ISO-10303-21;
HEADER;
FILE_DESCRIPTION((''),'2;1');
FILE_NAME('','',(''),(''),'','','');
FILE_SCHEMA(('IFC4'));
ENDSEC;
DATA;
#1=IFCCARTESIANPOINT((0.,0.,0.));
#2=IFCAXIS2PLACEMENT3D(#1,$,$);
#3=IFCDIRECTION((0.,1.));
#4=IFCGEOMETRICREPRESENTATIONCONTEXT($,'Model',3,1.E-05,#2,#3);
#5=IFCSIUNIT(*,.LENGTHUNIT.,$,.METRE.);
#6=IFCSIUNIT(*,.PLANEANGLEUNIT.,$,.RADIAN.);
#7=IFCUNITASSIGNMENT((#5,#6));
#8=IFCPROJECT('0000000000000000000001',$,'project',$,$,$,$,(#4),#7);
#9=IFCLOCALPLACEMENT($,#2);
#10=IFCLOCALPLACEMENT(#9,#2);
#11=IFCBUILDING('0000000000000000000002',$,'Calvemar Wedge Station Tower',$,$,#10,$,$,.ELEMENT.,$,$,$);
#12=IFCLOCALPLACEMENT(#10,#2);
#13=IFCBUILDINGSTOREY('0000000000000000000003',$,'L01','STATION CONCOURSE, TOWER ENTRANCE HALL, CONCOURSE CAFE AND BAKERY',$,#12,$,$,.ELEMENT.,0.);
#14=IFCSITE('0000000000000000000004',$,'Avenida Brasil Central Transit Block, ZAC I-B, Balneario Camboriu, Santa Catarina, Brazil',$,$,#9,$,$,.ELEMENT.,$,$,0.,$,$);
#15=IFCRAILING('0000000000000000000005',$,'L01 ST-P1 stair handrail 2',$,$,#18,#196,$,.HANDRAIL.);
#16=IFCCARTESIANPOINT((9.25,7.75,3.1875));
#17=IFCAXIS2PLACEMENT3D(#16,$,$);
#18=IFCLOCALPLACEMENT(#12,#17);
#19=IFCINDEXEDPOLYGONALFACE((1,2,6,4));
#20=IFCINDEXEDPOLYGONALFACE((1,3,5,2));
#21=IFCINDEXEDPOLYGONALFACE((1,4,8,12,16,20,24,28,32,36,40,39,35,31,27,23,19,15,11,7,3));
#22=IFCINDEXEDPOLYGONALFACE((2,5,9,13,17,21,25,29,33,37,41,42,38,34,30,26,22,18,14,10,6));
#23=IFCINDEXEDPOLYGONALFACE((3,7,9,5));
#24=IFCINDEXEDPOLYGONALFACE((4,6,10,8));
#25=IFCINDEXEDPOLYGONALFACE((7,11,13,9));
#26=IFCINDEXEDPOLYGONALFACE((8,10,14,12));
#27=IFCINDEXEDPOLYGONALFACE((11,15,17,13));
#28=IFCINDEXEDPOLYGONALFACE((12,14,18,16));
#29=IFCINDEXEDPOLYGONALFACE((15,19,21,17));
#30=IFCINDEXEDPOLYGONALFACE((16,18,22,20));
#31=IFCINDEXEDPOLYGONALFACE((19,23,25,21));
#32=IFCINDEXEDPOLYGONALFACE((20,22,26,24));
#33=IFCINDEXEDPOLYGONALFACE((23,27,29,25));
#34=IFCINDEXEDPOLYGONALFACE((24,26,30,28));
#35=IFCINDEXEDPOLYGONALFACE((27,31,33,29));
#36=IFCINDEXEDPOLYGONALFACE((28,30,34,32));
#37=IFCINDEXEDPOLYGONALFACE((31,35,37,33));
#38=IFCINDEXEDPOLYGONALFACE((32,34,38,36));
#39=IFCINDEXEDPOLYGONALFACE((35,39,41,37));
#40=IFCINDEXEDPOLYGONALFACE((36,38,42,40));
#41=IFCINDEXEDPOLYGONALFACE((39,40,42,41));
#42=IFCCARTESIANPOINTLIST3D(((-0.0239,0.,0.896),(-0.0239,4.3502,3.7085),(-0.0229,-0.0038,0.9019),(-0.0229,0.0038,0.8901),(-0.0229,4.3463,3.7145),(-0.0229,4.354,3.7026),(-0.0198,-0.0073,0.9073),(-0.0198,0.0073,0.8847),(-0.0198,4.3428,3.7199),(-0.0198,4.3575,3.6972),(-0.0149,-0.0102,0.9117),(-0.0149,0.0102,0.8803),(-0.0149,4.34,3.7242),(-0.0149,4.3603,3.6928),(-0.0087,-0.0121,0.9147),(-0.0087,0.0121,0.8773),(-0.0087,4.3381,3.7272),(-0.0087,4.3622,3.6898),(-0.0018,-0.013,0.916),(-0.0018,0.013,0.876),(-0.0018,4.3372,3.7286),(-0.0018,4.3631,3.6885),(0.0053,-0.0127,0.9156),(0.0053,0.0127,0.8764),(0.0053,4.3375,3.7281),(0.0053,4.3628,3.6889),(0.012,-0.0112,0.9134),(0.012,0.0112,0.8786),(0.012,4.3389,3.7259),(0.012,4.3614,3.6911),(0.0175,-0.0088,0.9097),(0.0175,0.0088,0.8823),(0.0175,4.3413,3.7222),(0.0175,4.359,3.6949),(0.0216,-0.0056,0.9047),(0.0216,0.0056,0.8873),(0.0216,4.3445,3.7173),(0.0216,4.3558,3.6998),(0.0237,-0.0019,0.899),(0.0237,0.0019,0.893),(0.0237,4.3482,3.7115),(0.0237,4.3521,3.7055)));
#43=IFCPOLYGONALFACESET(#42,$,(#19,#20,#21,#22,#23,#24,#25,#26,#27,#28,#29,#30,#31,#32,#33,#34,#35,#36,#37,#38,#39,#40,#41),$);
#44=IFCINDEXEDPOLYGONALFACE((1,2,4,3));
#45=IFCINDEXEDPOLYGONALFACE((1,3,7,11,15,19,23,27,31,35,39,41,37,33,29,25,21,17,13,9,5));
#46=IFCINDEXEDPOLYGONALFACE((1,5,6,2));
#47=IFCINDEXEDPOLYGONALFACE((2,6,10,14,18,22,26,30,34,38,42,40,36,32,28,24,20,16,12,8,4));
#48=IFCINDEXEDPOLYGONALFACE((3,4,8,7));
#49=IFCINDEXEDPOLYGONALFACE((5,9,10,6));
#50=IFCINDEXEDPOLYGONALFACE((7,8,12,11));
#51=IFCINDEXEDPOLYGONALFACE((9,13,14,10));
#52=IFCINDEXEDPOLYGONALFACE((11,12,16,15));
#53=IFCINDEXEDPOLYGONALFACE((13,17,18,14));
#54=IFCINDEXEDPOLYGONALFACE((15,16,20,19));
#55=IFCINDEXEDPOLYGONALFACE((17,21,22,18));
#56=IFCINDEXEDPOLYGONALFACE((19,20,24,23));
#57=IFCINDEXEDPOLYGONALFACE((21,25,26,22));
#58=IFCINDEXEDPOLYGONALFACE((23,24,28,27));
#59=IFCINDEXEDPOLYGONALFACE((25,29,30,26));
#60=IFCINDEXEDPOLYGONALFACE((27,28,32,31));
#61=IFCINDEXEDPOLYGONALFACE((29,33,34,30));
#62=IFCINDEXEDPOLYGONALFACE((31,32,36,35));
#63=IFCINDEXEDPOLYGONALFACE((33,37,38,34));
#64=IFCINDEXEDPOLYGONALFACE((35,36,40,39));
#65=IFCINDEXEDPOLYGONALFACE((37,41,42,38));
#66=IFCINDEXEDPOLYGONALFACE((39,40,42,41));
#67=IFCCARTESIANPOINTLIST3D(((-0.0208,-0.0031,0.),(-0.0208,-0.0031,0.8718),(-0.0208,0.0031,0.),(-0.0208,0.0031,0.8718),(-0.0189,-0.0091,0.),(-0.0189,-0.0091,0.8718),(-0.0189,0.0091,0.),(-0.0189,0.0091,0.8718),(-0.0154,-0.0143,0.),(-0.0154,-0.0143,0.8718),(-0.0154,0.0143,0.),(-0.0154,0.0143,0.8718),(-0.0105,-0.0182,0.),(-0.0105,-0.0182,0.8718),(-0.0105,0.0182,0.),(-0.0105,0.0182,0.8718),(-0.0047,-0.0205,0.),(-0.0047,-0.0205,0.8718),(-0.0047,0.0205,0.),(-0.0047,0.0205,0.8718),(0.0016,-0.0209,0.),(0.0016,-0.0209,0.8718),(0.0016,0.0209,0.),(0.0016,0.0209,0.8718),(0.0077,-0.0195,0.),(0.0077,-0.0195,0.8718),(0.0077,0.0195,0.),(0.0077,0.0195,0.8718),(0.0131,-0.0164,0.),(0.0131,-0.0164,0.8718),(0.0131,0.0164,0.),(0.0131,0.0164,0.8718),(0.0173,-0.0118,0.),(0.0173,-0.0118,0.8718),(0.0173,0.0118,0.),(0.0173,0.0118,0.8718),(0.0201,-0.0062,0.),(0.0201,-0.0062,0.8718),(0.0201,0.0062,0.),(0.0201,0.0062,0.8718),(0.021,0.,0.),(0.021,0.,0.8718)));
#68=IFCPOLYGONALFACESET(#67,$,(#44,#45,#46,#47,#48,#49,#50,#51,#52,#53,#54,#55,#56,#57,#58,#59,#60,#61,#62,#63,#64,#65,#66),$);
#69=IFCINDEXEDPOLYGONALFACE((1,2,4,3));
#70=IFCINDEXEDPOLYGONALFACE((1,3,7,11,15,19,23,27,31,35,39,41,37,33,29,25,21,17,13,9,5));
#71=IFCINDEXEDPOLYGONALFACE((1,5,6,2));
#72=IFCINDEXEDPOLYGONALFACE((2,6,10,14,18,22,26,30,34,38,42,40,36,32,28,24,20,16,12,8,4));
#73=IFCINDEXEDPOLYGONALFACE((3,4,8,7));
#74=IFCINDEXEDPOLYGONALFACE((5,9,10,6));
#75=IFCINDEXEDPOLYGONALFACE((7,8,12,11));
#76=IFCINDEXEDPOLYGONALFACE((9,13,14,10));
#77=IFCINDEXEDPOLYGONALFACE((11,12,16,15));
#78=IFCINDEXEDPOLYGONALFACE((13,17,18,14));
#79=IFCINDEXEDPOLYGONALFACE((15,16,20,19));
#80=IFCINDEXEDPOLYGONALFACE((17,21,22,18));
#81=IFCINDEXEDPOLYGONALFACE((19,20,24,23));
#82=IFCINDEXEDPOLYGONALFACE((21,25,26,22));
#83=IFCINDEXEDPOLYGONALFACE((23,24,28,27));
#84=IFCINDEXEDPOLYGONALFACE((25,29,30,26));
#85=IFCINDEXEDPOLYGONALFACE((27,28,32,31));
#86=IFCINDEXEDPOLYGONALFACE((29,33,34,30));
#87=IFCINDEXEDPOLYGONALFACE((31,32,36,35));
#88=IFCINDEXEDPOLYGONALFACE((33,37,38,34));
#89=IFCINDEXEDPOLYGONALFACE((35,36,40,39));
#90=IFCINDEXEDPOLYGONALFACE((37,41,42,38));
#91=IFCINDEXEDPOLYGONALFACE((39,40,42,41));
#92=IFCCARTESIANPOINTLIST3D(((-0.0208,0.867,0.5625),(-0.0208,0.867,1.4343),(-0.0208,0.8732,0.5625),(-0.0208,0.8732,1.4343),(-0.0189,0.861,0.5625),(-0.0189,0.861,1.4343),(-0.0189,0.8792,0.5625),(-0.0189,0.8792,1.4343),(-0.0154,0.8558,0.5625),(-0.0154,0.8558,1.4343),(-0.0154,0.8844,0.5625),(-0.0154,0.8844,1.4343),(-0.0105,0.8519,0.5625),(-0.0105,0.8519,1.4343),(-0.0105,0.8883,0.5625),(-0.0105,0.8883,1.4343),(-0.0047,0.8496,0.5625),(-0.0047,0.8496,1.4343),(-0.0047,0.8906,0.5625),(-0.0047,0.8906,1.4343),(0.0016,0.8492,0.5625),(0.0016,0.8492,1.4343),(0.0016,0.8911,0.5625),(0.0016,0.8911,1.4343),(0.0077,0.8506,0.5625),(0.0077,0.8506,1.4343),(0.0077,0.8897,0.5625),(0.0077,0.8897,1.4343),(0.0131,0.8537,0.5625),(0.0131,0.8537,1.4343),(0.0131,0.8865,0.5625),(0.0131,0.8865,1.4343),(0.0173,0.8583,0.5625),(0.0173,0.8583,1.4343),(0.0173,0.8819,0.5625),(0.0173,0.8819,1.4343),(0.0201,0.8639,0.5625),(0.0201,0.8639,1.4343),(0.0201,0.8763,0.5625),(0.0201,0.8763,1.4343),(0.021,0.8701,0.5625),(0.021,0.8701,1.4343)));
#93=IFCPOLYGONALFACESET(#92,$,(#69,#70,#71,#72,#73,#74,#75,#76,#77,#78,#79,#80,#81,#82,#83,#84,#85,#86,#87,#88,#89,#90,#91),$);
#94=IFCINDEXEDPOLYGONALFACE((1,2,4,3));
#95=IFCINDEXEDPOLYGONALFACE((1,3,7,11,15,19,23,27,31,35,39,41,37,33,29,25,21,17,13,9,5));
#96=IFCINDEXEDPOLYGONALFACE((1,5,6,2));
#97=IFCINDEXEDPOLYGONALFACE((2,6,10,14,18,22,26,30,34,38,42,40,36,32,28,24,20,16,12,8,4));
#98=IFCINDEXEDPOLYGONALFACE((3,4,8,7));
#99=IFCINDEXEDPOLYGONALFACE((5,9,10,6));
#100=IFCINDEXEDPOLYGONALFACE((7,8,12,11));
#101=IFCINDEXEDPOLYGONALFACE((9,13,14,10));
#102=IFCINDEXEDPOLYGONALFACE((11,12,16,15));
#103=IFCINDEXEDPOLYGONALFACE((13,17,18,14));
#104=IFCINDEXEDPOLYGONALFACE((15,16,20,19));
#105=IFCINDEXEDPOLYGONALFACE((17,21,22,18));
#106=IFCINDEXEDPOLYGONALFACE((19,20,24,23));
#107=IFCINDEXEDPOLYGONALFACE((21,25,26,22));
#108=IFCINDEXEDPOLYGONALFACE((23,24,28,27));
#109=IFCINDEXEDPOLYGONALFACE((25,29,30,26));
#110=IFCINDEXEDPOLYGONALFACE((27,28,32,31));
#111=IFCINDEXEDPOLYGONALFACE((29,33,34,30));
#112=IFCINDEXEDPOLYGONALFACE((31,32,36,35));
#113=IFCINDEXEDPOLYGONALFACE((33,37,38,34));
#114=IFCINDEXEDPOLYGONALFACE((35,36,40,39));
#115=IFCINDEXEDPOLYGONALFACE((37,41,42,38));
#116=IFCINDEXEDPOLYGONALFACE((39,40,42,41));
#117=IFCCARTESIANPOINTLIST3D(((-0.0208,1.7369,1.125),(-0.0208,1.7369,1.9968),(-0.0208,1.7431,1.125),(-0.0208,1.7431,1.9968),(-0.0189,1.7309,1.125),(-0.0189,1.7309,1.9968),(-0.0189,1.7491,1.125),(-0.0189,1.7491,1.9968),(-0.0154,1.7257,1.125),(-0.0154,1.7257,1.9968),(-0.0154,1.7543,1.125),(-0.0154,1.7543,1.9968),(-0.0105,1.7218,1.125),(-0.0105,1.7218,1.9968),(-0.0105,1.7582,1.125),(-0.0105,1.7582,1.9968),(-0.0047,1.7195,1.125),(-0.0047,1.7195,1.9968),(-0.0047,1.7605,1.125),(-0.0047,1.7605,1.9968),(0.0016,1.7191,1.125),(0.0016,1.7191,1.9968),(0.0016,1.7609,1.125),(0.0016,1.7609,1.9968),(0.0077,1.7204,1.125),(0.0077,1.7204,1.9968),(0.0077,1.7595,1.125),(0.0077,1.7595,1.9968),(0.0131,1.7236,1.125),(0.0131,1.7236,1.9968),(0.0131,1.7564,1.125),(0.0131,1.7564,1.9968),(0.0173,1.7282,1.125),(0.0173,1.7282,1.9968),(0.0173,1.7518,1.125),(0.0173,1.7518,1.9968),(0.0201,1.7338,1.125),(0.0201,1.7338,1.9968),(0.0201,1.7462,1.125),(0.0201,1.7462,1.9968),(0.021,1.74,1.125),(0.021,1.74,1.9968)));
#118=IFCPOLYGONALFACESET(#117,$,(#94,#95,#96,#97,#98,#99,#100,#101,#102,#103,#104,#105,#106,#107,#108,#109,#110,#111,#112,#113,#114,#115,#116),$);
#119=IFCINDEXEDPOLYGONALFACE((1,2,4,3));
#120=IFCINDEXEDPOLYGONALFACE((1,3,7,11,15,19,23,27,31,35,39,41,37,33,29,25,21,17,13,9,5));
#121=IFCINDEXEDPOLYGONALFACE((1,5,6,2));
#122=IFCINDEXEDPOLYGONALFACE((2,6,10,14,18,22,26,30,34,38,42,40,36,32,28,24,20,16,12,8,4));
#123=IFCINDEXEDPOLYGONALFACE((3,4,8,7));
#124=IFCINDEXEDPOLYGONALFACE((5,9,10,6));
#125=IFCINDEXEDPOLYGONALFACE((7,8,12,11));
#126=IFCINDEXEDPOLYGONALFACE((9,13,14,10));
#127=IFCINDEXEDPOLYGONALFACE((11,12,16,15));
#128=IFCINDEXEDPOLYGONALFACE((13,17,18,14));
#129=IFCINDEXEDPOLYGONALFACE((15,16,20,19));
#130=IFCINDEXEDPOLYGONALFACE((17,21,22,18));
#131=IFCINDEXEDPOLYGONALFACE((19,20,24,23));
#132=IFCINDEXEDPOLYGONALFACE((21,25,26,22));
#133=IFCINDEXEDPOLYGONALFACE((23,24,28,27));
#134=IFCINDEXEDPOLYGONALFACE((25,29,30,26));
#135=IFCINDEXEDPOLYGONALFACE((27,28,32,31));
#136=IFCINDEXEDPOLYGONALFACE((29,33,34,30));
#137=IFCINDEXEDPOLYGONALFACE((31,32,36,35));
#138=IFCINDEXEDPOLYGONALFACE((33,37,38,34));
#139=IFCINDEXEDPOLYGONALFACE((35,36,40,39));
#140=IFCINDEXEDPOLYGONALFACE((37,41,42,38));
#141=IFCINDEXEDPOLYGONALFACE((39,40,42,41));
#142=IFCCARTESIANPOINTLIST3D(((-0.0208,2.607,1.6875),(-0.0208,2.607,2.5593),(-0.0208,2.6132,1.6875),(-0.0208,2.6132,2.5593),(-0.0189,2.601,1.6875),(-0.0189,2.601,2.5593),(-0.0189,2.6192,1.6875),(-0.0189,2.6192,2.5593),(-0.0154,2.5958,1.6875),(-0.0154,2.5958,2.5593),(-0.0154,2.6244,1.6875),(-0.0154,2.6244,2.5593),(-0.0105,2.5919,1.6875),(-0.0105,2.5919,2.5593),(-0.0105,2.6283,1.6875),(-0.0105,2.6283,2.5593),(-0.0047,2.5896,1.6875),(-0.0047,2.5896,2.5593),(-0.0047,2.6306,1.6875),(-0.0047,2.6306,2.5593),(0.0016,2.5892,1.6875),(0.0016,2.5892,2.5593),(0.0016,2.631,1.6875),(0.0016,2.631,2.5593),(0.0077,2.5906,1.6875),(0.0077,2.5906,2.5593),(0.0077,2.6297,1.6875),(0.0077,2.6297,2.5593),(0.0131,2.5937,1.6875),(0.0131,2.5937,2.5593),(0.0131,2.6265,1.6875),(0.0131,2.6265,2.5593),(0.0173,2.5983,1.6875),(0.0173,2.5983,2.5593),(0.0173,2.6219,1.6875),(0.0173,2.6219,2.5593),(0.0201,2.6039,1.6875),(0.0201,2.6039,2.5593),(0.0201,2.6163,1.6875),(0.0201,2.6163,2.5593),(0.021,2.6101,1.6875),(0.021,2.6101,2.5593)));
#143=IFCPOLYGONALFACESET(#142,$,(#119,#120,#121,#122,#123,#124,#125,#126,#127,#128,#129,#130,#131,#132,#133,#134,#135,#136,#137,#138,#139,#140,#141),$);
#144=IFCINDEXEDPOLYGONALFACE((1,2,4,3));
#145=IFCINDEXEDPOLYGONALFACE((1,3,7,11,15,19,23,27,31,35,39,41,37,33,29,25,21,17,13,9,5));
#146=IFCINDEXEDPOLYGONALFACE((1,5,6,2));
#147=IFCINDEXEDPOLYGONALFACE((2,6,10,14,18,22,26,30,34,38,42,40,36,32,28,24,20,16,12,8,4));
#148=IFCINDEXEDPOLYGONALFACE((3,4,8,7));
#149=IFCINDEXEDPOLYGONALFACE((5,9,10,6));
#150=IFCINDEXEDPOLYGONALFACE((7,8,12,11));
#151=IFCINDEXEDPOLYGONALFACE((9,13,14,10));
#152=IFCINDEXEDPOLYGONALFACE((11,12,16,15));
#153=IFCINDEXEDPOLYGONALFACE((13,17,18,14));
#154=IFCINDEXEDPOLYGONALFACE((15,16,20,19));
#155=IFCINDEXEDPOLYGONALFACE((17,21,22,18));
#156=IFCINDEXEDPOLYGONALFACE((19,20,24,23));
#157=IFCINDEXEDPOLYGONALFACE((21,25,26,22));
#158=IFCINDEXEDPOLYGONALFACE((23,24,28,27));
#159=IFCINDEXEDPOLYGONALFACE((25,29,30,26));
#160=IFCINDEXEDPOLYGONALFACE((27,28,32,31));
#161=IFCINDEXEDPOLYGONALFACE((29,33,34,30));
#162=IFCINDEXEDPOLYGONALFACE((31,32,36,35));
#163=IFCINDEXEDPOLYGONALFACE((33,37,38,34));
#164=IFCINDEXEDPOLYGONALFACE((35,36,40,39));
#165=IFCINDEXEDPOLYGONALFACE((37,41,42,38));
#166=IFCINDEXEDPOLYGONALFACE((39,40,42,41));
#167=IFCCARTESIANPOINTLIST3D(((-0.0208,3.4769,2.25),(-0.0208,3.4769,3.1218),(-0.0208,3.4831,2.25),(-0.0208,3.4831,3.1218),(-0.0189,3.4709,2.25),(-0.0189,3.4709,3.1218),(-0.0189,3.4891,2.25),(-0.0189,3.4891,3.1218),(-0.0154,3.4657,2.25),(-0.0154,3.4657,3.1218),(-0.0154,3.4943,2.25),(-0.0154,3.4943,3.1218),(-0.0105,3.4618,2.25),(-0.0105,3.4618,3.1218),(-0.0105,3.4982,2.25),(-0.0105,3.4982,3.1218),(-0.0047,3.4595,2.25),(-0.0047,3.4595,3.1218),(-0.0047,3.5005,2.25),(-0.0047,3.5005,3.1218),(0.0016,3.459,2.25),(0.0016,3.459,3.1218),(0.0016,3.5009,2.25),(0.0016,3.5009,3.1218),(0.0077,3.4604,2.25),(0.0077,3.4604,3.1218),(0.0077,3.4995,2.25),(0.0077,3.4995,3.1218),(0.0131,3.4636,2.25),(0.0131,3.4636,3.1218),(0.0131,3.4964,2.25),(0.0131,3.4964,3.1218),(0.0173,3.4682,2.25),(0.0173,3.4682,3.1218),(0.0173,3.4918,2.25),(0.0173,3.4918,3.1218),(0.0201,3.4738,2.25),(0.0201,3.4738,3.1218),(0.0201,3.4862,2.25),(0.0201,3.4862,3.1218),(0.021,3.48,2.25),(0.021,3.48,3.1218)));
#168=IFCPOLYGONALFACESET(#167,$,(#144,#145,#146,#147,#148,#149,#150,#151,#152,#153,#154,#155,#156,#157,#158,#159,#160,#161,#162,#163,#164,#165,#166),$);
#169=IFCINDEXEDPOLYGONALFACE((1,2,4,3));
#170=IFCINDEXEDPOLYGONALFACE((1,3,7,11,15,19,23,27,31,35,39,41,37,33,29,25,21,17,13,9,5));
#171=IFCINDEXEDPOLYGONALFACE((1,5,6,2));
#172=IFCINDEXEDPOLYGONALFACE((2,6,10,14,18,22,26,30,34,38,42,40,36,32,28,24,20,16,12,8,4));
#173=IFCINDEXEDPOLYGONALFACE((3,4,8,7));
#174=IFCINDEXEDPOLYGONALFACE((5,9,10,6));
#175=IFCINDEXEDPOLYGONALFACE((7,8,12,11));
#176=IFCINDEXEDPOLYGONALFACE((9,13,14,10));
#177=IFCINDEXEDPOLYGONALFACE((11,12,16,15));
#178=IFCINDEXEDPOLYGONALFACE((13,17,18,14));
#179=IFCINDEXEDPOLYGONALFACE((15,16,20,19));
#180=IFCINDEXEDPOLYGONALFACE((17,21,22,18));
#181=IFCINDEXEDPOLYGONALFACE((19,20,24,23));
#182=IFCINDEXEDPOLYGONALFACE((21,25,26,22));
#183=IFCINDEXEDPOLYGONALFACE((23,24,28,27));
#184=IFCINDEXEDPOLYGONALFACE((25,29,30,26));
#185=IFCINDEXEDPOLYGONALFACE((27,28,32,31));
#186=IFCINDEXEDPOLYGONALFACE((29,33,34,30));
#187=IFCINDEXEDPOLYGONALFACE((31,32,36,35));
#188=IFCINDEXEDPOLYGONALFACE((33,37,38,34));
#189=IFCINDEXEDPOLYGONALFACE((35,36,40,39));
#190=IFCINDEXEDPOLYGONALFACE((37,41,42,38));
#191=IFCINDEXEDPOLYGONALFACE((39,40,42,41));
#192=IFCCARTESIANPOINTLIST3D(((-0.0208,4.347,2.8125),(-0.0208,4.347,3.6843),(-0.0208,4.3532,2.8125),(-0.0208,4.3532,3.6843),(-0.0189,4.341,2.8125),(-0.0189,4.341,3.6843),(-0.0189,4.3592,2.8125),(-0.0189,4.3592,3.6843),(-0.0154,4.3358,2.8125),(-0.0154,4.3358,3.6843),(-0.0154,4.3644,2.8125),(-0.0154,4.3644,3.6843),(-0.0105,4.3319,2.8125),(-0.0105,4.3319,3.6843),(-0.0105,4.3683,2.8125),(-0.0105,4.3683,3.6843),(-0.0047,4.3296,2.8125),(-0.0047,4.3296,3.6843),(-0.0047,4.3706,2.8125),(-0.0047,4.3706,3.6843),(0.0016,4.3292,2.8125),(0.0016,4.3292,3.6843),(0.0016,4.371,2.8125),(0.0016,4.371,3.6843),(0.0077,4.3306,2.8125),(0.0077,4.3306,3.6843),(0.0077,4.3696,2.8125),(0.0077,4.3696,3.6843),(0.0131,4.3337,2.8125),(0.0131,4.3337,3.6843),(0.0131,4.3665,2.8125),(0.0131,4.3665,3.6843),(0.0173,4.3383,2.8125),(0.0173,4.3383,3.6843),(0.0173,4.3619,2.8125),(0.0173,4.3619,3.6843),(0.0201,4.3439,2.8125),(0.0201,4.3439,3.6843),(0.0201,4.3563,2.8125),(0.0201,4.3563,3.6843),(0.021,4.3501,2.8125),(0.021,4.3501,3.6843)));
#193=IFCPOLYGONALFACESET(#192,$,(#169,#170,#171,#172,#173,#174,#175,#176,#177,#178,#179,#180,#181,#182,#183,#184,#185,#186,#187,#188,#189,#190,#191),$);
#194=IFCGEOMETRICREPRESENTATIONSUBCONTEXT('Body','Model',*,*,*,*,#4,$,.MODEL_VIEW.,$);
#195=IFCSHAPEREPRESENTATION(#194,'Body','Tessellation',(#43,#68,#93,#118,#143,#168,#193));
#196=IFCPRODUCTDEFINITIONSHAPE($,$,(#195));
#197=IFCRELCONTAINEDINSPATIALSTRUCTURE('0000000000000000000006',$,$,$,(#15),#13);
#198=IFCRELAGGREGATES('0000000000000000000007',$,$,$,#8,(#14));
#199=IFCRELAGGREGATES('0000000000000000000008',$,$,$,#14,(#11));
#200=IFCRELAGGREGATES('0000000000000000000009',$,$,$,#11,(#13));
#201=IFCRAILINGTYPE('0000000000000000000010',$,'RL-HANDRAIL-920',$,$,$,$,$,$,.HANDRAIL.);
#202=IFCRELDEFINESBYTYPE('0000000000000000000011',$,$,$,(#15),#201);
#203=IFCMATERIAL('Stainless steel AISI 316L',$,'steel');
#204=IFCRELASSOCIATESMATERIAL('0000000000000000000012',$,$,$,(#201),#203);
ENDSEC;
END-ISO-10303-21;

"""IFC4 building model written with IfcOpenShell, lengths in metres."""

from ifc_helpers import new_model, si_unit, direction, frame, origin, origin_2d, place, context, subcontext, project, spatial, circle, extrude, material, type_object, element, save


model = new_model("IFC4")

# Units and contexts
model_context = context("Model", 3, precision=1e-05, world=origin(), true_north=direction((0.0, 1.0)))
body_context = subcontext(model_context, "Body", "Model", "MODEL_VIEW")
ifc_project = project(units=[si_unit("LENGTHUNIT", "METRE"), si_unit("PLANEANGLEUNIT", "RADIAN")], contexts=[model_context])

# Site, building, storey
site_placement = place(None, origin())
site = spatial("IfcSite", under=ifc_project, at=site_placement, Name="Avenida Brasil Central Transit Block, ZAC I-B, Balneario Camboriu, Santa Catarina, Brazil", CompositionType="ELEMENT", RefElevation=0.0)
building_placement = place(site_placement, origin())
building = spatial("IfcBuilding", under=site, at=building_placement, Name="Calvemar Wedge Station Tower", CompositionType="ELEMENT")
storey_placement = place(building_placement, origin())
storey = spatial("IfcBuildingStorey", under=building, at=storey_placement, Name="L01", Description="STATION CONCOURSE, TOWER ENTRANCE HALL, CONCOURSE CAFE AND BAKERY", CompositionType="ELEMENT", Elevation=0.0)

# Railing
ifc_material_1 = material(Name="Stainless steel AISI 316L", Category="steel")
railing_type_1 = type_object("IfcRailingType", Name="RL-HANDRAIL-920", PredefinedType="HANDRAIL", material=ifc_material_1)
railing_1_placement = place(storey_placement, frame((9.25, 7.75, 3.1875)))
element("IfcRailing", 1, at=railing_1_placement, inside=storey, type_object=railing_type_1, Name="L01 ST-P1 stair handrail 2", PredefinedType="HANDRAIL", context=body_context, shape_type="SweptSolid", body=[
    extrude(circle(Radius=0.0239, at=origin_2d()), frame((0.0, 0.0, 0.896), z_axis=(0.0, 0.83977, 0.542942), x_axis=(-1.0, 0.0, 0.0)), (0.0, 0.0, 1.0), 5.1802),
    extrude(circle(Radius=0.021, at=origin_2d()), origin(), (0.0, 0.0, 1.0), 0.8718),
    extrude(circle(Radius=0.021, at=origin_2d()), frame((0.0, 0.8701, 0.5625)), (0.0, 0.0, 1.0), 0.8718),
    extrude(circle(Radius=0.021, at=origin_2d()), frame((0.0, 1.74, 1.125)), (0.0, 0.0, 1.0), 0.8718),
    extrude(circle(Radius=0.021, at=origin_2d()), frame((0.0, 2.6101, 1.6875)), (0.0, 0.0, 1.0), 0.8718),
    extrude(circle(Radius=0.021, at=origin_2d()), frame((0.0, 3.48, 2.25)), (0.0, 0.0, 1.0), 0.8718),
    extrude(circle(Radius=0.021, at=origin_2d()), frame((0.0, 4.3501, 2.8125)), (0.0, 0.0, 1.0), 0.8718),
])

save(model, "model.ifc")
